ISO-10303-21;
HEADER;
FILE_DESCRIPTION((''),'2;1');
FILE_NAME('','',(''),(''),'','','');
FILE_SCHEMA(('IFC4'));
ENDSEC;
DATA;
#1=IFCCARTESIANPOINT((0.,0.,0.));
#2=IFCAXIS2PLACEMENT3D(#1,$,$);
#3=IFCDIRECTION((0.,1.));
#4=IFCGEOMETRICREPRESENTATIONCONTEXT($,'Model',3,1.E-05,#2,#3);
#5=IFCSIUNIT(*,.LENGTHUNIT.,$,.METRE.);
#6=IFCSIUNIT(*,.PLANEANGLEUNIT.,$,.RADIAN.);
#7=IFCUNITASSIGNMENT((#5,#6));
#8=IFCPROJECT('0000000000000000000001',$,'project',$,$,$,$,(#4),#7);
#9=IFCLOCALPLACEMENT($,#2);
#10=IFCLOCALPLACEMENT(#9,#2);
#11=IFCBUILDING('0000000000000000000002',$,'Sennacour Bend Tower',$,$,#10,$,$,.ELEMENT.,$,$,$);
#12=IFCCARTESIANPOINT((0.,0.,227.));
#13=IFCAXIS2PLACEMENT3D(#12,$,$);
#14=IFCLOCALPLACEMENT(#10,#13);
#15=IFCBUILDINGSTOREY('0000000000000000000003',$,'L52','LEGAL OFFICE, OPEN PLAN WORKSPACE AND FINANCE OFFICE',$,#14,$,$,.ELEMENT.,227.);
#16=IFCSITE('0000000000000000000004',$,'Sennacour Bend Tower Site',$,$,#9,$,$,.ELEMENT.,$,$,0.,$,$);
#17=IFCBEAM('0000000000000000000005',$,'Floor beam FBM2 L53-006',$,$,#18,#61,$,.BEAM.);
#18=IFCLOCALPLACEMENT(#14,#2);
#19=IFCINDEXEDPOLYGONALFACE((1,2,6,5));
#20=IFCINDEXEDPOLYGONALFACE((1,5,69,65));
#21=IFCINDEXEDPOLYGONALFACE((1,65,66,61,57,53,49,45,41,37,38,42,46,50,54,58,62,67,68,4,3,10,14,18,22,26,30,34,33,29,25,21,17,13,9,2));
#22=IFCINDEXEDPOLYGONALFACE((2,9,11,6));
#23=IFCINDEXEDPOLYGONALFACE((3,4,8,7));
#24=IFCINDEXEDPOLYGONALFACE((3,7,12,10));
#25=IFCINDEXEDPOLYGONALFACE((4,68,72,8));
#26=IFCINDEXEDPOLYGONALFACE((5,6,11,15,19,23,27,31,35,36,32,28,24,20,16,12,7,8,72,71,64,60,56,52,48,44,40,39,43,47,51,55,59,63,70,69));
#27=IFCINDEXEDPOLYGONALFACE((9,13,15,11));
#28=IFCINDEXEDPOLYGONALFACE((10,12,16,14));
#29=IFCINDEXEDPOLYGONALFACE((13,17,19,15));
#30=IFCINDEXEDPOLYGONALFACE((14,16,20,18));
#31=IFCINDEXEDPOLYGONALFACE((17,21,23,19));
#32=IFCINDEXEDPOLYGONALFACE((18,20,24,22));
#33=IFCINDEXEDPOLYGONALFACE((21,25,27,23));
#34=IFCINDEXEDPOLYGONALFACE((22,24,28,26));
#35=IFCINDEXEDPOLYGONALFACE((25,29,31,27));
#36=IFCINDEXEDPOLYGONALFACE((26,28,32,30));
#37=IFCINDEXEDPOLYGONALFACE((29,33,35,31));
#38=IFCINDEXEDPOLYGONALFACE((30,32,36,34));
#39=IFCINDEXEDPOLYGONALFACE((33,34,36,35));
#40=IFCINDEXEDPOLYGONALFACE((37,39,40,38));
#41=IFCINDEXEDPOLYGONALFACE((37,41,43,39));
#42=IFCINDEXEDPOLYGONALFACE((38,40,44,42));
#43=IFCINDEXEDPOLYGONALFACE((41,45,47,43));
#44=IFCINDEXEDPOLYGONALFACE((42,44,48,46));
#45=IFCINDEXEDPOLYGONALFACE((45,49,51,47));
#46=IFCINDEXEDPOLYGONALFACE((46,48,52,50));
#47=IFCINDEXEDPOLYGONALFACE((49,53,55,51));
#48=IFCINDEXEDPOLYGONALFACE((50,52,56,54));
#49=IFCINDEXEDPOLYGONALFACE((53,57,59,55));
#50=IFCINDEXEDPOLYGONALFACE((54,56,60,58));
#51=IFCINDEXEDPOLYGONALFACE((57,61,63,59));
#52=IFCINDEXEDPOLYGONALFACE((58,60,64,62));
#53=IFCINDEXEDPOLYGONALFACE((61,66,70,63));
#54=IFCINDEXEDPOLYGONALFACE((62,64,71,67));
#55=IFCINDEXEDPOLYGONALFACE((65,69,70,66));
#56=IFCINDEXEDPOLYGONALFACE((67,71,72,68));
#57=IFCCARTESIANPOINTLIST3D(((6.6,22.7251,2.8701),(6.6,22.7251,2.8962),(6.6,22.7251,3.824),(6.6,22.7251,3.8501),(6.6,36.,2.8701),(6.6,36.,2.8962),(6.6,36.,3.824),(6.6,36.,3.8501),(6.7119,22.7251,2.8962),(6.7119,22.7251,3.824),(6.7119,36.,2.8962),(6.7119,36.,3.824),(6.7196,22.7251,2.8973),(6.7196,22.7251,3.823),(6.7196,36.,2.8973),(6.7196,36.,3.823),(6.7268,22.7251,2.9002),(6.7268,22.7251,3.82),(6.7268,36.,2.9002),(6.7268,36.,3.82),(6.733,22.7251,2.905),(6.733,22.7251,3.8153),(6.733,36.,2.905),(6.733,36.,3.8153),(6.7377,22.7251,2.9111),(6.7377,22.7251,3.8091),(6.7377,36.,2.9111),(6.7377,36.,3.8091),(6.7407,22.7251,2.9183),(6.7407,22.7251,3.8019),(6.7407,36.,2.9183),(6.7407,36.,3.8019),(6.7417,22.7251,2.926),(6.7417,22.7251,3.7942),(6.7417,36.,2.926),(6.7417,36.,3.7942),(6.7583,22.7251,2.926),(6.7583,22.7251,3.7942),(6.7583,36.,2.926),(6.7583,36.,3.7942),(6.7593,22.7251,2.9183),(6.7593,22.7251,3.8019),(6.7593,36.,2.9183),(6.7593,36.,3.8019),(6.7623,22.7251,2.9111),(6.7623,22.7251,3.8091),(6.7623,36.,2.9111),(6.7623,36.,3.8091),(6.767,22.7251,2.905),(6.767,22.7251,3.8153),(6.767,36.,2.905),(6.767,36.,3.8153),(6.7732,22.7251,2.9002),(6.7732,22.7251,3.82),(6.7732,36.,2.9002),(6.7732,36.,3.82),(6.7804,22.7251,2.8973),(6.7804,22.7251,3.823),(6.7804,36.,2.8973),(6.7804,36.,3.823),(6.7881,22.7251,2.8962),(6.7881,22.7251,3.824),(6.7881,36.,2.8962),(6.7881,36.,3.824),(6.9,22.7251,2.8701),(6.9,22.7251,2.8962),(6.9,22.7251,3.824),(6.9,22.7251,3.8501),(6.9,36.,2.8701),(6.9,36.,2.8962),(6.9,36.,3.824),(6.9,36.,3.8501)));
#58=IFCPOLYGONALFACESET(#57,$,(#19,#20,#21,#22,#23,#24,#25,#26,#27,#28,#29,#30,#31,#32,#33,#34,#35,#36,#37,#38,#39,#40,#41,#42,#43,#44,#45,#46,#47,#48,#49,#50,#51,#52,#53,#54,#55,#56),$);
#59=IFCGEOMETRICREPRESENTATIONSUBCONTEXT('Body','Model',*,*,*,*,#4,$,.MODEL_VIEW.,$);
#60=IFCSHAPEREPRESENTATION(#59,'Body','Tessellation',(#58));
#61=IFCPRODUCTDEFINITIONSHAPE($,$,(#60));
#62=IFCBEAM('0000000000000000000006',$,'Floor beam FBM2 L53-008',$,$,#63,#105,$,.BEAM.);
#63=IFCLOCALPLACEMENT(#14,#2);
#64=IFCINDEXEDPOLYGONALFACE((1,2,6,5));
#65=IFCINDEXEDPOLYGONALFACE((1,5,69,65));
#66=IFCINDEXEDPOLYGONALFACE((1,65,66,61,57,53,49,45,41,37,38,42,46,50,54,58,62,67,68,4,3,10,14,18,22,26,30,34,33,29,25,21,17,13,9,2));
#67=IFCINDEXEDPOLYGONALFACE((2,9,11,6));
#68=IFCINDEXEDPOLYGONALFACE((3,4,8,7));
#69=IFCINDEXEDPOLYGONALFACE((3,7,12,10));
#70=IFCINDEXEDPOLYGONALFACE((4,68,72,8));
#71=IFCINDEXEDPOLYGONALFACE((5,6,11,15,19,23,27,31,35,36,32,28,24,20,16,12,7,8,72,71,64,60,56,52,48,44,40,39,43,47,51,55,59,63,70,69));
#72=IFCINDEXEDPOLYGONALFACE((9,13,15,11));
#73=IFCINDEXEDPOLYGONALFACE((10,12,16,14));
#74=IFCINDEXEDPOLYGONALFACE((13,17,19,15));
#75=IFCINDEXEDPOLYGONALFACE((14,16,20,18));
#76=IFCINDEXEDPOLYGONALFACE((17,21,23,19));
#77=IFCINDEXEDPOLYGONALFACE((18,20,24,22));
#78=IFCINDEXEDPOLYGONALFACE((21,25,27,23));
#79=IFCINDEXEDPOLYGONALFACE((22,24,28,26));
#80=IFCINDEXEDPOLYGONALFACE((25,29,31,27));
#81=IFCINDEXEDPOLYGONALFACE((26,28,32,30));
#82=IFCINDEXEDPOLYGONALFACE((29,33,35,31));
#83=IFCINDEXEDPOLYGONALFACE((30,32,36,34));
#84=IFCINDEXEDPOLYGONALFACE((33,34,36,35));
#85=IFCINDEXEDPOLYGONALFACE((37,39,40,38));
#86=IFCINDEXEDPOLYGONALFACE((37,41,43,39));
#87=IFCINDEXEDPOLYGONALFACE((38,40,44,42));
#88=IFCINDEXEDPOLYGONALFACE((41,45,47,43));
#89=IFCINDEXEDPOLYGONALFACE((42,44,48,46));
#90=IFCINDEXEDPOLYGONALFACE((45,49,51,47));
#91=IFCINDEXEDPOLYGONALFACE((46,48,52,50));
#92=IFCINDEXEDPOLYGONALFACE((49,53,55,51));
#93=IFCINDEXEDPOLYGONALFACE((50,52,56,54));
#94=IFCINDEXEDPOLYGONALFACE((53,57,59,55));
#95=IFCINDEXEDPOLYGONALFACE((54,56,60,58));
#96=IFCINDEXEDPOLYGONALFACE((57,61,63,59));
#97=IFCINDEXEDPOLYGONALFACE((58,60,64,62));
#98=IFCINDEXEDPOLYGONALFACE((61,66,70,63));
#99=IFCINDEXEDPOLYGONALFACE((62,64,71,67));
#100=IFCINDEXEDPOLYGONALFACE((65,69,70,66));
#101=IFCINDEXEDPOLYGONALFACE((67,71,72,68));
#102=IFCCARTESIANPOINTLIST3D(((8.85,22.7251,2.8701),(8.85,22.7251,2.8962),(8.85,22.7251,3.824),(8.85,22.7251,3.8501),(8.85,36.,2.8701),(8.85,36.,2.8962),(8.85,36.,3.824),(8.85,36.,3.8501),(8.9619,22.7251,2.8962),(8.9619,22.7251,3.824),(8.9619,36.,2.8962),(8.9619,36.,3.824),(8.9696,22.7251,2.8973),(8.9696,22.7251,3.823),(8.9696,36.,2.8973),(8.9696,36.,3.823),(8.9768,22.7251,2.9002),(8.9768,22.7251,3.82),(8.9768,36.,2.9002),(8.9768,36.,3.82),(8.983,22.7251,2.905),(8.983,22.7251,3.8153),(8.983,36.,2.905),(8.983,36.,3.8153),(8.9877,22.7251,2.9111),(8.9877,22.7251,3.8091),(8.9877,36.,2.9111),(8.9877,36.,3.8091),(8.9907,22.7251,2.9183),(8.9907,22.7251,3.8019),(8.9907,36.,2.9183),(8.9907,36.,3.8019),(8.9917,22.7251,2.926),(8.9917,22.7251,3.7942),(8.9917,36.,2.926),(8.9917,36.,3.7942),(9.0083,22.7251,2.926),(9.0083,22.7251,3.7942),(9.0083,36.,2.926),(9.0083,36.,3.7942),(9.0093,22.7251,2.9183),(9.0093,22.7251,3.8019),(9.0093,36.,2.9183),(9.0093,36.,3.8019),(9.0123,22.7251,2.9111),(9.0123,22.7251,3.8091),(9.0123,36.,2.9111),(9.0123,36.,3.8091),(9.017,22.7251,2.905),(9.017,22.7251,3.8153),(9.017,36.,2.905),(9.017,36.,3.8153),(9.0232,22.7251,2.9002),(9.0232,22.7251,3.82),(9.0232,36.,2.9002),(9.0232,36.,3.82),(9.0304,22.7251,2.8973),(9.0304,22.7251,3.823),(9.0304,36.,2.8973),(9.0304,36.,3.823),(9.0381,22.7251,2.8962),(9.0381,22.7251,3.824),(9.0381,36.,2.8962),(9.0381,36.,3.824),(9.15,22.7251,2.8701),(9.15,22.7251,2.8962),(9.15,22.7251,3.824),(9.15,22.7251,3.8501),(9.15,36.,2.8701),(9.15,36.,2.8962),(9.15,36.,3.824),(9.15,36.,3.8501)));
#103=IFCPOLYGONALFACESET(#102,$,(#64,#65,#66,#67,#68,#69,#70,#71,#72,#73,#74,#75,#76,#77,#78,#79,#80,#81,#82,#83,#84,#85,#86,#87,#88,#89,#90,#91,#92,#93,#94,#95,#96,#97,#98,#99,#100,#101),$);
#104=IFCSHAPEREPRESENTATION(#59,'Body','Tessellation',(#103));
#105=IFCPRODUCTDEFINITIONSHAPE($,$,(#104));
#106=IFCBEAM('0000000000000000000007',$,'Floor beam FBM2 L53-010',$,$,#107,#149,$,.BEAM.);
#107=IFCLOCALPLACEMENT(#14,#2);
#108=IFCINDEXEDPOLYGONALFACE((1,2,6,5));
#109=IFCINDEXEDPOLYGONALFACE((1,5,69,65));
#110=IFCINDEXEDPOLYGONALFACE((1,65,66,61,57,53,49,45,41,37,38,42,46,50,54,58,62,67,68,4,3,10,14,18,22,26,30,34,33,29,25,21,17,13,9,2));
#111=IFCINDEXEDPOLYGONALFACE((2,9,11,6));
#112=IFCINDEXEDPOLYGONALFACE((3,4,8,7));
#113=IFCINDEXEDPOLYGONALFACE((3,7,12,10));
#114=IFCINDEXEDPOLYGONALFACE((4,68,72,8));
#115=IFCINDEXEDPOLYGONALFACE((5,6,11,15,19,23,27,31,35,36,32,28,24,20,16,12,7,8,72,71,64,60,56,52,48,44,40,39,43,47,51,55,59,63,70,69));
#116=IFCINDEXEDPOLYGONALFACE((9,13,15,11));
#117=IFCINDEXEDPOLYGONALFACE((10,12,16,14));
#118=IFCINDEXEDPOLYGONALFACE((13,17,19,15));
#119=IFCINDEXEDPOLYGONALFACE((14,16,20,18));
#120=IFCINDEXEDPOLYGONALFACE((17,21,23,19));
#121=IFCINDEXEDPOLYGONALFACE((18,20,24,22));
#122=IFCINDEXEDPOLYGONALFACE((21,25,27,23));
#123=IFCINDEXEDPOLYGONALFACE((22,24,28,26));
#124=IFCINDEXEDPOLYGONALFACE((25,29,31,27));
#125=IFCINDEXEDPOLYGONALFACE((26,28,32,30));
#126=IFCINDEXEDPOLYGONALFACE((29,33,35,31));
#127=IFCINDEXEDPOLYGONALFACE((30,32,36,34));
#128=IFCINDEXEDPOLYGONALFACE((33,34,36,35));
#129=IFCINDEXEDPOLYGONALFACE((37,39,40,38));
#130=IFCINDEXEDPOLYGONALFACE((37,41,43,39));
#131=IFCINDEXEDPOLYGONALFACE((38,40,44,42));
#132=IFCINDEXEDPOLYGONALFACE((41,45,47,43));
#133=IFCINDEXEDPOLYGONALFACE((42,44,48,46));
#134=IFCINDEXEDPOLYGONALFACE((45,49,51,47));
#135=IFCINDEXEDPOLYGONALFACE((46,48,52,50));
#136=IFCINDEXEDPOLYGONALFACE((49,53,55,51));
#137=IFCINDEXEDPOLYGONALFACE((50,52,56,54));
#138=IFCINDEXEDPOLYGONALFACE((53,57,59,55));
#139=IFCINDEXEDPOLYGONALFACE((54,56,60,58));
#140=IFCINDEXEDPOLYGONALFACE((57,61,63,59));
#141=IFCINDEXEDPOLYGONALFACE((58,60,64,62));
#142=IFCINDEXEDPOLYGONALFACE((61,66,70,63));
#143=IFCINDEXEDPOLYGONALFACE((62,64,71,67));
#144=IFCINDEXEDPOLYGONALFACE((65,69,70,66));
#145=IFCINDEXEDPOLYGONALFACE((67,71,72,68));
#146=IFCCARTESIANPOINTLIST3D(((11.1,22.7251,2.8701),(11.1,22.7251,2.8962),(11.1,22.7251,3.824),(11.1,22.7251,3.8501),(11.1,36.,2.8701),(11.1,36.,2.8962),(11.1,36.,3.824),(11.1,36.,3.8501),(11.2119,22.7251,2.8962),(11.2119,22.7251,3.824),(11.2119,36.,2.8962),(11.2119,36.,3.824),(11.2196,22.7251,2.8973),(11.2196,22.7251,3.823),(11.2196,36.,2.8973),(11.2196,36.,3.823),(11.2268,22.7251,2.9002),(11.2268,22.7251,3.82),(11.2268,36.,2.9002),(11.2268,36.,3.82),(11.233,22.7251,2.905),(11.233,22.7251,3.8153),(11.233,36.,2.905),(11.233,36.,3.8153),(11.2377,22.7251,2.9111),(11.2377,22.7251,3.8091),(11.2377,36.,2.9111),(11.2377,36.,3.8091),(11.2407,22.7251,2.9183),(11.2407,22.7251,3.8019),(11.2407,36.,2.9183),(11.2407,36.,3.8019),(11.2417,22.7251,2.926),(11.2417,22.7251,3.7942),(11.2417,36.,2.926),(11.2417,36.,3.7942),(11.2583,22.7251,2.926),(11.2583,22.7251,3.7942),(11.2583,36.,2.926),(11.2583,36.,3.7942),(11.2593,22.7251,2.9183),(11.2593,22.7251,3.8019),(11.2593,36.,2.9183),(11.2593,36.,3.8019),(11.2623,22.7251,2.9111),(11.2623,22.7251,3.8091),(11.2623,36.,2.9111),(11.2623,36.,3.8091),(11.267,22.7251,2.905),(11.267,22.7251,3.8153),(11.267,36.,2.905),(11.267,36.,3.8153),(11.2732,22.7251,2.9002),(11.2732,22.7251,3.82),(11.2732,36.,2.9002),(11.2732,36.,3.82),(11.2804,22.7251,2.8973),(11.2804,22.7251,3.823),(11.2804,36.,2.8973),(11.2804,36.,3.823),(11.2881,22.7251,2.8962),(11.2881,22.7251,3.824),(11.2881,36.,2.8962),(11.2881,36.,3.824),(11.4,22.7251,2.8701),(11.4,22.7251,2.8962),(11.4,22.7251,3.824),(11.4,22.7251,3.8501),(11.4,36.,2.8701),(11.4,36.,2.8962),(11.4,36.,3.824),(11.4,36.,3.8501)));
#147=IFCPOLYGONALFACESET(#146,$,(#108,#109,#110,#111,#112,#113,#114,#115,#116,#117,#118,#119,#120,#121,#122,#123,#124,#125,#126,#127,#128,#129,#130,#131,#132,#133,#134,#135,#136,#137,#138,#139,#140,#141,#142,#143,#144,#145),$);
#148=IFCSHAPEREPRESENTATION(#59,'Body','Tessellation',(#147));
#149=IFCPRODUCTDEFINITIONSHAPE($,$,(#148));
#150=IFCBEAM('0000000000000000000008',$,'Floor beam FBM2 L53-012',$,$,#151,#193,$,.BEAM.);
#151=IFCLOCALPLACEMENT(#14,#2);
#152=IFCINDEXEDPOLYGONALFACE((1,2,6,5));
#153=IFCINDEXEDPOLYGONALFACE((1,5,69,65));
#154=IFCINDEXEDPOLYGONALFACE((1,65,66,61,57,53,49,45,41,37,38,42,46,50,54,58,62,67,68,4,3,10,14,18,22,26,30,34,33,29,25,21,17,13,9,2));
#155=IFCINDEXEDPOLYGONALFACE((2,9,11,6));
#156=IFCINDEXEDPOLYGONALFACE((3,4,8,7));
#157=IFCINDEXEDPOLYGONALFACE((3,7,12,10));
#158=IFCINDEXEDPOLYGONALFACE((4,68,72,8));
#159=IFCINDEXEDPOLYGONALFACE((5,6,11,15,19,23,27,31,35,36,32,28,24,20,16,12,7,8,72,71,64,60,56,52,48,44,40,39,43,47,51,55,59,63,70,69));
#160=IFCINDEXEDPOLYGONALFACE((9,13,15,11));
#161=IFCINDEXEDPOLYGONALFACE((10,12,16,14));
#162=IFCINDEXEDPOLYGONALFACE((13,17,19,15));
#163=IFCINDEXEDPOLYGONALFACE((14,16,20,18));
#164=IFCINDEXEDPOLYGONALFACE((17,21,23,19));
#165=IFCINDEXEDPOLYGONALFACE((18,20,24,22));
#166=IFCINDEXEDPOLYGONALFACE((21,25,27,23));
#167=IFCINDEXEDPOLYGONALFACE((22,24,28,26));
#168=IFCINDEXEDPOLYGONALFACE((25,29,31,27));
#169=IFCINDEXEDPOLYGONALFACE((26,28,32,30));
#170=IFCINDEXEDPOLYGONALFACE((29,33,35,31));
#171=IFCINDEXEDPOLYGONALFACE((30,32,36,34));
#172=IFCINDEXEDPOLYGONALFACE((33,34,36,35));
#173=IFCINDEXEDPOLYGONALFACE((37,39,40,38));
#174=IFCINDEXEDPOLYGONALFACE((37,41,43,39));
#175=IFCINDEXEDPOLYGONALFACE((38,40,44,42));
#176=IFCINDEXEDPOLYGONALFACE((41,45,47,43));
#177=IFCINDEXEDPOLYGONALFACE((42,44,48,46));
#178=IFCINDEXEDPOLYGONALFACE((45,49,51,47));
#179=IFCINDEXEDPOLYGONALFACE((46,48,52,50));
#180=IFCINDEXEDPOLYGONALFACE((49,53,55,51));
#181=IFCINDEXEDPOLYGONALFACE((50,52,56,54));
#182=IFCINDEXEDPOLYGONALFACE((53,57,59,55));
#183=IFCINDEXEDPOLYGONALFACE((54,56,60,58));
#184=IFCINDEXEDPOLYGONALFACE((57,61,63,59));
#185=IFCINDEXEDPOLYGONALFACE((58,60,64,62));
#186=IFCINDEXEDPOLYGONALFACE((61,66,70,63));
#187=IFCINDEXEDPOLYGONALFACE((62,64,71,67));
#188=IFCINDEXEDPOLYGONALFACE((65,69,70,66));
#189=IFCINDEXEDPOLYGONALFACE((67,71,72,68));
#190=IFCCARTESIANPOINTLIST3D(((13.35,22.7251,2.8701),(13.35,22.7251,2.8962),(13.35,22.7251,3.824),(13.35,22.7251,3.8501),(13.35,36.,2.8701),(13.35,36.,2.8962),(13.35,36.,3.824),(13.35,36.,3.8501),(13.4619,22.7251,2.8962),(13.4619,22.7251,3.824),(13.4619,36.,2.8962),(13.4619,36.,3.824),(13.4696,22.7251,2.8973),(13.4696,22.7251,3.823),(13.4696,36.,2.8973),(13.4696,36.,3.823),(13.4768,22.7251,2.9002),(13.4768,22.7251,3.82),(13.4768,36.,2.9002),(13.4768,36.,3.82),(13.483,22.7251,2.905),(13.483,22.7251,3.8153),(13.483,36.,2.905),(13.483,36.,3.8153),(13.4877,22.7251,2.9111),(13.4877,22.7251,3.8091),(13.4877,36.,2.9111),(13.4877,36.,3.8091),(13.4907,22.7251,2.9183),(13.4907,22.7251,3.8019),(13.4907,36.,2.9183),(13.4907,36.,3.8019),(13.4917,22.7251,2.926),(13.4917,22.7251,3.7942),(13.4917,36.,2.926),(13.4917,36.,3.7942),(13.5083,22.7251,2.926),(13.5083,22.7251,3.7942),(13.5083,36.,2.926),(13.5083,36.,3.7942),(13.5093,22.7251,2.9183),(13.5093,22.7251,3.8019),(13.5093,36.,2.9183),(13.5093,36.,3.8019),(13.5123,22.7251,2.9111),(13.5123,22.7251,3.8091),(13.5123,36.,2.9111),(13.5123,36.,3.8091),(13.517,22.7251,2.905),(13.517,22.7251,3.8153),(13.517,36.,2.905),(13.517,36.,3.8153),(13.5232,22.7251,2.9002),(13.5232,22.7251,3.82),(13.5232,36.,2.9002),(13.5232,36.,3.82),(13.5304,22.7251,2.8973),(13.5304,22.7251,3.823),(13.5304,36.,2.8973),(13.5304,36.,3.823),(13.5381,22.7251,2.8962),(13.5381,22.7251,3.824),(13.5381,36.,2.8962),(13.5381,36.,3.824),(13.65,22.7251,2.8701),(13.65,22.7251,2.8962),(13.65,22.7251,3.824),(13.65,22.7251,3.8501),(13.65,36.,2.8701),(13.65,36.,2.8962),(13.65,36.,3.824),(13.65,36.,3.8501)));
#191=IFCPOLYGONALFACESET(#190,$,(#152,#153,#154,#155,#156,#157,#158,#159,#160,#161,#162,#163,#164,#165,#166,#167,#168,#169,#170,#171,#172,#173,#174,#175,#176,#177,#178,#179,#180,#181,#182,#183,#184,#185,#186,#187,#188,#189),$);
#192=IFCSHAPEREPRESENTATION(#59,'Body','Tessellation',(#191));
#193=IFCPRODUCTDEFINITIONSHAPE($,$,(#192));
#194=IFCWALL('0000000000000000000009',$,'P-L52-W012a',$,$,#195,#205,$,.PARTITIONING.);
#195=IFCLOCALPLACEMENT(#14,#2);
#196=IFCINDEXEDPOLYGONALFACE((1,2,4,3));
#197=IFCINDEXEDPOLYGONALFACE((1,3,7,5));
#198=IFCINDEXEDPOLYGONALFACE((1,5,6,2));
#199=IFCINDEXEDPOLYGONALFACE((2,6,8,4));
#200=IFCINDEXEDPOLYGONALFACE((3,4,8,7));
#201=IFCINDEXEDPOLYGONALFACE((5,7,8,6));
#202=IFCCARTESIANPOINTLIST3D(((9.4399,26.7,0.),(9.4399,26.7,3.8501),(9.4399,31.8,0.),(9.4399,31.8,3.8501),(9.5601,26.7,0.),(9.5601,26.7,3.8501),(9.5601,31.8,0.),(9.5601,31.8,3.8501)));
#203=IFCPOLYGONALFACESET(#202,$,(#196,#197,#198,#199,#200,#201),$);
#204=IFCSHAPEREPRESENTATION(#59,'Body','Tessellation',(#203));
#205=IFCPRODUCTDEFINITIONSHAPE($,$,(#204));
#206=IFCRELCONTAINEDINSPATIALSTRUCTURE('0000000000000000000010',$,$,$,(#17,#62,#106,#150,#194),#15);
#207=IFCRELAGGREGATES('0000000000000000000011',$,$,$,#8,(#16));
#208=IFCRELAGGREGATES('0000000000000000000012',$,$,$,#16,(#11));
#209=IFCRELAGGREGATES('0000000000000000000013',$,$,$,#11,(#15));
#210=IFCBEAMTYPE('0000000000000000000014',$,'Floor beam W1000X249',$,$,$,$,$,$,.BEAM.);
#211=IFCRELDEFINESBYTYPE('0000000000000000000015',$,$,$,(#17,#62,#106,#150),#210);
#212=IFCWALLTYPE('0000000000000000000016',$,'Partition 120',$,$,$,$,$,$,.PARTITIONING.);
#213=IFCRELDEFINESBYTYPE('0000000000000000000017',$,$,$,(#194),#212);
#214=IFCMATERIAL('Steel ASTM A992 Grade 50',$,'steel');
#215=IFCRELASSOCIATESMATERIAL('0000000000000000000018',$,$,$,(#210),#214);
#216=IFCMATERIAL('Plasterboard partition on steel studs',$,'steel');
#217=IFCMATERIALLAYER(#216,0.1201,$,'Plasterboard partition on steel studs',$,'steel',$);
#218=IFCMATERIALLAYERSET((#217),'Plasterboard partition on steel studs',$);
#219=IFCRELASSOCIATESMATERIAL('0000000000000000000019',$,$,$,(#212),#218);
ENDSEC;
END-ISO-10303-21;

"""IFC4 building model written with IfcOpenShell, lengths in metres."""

from ifc_helpers import new_model, si_unit, direction, frame, frame_2d, origin, origin_2d, place, context, subcontext, project, spatial, rectangle, i_section, extrude, material, layer, layer_set, material_profile, profile_set, type_object, element, save


model = new_model("IFC4")

# Units and contexts
model_context = context("Model", 3, precision=1e-05, world=origin(), true_north=direction((0.0, 1.0)))
body_context = subcontext(model_context, "Body", "Model", "MODEL_VIEW")
ifc_project = project(units=[si_unit("LENGTHUNIT", "METRE"), si_unit("PLANEANGLEUNIT", "RADIAN")], contexts=[model_context])

# Site, building, storey
site_placement = place(None, origin())
site = spatial("IfcSite", under=ifc_project, at=site_placement, Name="Sennacour Bend Tower Site", CompositionType="ELEMENT", RefElevation=0.0)
building_placement = place(site_placement, origin())
building = spatial("IfcBuilding", under=site, at=building_placement, Name="Sennacour Bend Tower", CompositionType="ELEMENT")
storey_placement = place(building_placement, frame((0.0, 0.0, 227.0)))
storey = spatial("IfcBuildingStorey", under=building, at=storey_placement, Name="L52", Description="LEGAL OFFICE, OPEN PLAN WORKSPACE AND FINANCE OFFICE", CompositionType="ELEMENT", Elevation=227.0)

# Beams
ifc_material_1 = material(Name="Steel ASTM A992 Grade 50", Category="steel")
ifc_material_profile = material_profile(ifc_material_1, i_section(OverallWidth=0.3, OverallDepth=0.98, WebThickness=0.0166, FlangeThickness=0.0261, FilletRadius=0.0298, at=origin_2d()), Name="Steel ASTM A992 Grade 50", Category="steel")
ifc_profile_set = profile_set([ifc_material_profile], Name="Steel ASTM A992 Grade 50")
beam_type = type_object("IfcBeamType", Name="Floor beam W1000X249", PredefinedType="BEAM", material=ifc_profile_set)
for number, where, z_axis, x_axis, name in (
    (1, (6.75, 22.7251, 3.3601), (0.0, 1.0, 0.0), (-1.0, 0.0, 0.0), "Floor beam FBM2 L53-006"),
    (2, (9.0, 22.7251, 3.3601), (0.0, 1.0, 0.0), (-1.0, 0.0, 0.0), "Floor beam FBM2 L53-008"),
    (3, (11.25, 22.7251, 3.3601), (0.0, 1.0, 0.0), (-1.0, 0.0, 0.0), "Floor beam FBM2 L53-010"),
    (4, (13.5, 22.7251, 3.3601), (0.0, 1.0, 0.0), (-1.0, 0.0, 0.0), "Floor beam FBM2 L53-012"),
):
    element("IfcBeam", number, at=place(storey_placement, frame(where, z_axis=z_axis, x_axis=x_axis)), inside=storey, type_object=beam_type, Name=name, PredefinedType="BEAM", context=body_context, shape_type="SweptSolid", body=[
        extrude(i_section(OverallWidth=0.3, OverallDepth=0.98, WebThickness=0.0166, FlangeThickness=0.0261, FilletRadius=0.0298, at=origin_2d()), origin(), (0.0, 0.0, 1.0), 13.2749),
    ])

# Wall
ifc_material_2 = material(Name="Plasterboard partition on steel studs", Category="steel")
ifc_layer_1 = layer(ifc_material_2, 0.1201, Name="Plasterboard partition on steel studs", Category="steel")
ifc_layer_set_1 = layer_set([ifc_layer_1], Name="Plasterboard partition on steel studs")
wall_type_1 = type_object("IfcWallType", Name="Partition 120", PredefinedType="PARTITIONING", material=ifc_layer_set_1)
wall_1_placement = place(storey_placement, frame((9.5, 26.7, 0.0), z_axis=(0.0, 0.0, 1.0), x_axis=(0.0, 1.0, 0.0)))
element("IfcWall", 5, at=wall_1_placement, inside=storey, type_object=wall_type_1, Name="P-L52-W012a", PredefinedType="PARTITIONING", context=body_context, shape_type="SweptSolid", body=[
    extrude(rectangle(XDim=5.1001, YDim=0.1201, at=frame_2d((2.55, 0.0))), origin(), (0.0, 0.0, 1.0), 3.8501),
])

save(model, "model.ifc")
